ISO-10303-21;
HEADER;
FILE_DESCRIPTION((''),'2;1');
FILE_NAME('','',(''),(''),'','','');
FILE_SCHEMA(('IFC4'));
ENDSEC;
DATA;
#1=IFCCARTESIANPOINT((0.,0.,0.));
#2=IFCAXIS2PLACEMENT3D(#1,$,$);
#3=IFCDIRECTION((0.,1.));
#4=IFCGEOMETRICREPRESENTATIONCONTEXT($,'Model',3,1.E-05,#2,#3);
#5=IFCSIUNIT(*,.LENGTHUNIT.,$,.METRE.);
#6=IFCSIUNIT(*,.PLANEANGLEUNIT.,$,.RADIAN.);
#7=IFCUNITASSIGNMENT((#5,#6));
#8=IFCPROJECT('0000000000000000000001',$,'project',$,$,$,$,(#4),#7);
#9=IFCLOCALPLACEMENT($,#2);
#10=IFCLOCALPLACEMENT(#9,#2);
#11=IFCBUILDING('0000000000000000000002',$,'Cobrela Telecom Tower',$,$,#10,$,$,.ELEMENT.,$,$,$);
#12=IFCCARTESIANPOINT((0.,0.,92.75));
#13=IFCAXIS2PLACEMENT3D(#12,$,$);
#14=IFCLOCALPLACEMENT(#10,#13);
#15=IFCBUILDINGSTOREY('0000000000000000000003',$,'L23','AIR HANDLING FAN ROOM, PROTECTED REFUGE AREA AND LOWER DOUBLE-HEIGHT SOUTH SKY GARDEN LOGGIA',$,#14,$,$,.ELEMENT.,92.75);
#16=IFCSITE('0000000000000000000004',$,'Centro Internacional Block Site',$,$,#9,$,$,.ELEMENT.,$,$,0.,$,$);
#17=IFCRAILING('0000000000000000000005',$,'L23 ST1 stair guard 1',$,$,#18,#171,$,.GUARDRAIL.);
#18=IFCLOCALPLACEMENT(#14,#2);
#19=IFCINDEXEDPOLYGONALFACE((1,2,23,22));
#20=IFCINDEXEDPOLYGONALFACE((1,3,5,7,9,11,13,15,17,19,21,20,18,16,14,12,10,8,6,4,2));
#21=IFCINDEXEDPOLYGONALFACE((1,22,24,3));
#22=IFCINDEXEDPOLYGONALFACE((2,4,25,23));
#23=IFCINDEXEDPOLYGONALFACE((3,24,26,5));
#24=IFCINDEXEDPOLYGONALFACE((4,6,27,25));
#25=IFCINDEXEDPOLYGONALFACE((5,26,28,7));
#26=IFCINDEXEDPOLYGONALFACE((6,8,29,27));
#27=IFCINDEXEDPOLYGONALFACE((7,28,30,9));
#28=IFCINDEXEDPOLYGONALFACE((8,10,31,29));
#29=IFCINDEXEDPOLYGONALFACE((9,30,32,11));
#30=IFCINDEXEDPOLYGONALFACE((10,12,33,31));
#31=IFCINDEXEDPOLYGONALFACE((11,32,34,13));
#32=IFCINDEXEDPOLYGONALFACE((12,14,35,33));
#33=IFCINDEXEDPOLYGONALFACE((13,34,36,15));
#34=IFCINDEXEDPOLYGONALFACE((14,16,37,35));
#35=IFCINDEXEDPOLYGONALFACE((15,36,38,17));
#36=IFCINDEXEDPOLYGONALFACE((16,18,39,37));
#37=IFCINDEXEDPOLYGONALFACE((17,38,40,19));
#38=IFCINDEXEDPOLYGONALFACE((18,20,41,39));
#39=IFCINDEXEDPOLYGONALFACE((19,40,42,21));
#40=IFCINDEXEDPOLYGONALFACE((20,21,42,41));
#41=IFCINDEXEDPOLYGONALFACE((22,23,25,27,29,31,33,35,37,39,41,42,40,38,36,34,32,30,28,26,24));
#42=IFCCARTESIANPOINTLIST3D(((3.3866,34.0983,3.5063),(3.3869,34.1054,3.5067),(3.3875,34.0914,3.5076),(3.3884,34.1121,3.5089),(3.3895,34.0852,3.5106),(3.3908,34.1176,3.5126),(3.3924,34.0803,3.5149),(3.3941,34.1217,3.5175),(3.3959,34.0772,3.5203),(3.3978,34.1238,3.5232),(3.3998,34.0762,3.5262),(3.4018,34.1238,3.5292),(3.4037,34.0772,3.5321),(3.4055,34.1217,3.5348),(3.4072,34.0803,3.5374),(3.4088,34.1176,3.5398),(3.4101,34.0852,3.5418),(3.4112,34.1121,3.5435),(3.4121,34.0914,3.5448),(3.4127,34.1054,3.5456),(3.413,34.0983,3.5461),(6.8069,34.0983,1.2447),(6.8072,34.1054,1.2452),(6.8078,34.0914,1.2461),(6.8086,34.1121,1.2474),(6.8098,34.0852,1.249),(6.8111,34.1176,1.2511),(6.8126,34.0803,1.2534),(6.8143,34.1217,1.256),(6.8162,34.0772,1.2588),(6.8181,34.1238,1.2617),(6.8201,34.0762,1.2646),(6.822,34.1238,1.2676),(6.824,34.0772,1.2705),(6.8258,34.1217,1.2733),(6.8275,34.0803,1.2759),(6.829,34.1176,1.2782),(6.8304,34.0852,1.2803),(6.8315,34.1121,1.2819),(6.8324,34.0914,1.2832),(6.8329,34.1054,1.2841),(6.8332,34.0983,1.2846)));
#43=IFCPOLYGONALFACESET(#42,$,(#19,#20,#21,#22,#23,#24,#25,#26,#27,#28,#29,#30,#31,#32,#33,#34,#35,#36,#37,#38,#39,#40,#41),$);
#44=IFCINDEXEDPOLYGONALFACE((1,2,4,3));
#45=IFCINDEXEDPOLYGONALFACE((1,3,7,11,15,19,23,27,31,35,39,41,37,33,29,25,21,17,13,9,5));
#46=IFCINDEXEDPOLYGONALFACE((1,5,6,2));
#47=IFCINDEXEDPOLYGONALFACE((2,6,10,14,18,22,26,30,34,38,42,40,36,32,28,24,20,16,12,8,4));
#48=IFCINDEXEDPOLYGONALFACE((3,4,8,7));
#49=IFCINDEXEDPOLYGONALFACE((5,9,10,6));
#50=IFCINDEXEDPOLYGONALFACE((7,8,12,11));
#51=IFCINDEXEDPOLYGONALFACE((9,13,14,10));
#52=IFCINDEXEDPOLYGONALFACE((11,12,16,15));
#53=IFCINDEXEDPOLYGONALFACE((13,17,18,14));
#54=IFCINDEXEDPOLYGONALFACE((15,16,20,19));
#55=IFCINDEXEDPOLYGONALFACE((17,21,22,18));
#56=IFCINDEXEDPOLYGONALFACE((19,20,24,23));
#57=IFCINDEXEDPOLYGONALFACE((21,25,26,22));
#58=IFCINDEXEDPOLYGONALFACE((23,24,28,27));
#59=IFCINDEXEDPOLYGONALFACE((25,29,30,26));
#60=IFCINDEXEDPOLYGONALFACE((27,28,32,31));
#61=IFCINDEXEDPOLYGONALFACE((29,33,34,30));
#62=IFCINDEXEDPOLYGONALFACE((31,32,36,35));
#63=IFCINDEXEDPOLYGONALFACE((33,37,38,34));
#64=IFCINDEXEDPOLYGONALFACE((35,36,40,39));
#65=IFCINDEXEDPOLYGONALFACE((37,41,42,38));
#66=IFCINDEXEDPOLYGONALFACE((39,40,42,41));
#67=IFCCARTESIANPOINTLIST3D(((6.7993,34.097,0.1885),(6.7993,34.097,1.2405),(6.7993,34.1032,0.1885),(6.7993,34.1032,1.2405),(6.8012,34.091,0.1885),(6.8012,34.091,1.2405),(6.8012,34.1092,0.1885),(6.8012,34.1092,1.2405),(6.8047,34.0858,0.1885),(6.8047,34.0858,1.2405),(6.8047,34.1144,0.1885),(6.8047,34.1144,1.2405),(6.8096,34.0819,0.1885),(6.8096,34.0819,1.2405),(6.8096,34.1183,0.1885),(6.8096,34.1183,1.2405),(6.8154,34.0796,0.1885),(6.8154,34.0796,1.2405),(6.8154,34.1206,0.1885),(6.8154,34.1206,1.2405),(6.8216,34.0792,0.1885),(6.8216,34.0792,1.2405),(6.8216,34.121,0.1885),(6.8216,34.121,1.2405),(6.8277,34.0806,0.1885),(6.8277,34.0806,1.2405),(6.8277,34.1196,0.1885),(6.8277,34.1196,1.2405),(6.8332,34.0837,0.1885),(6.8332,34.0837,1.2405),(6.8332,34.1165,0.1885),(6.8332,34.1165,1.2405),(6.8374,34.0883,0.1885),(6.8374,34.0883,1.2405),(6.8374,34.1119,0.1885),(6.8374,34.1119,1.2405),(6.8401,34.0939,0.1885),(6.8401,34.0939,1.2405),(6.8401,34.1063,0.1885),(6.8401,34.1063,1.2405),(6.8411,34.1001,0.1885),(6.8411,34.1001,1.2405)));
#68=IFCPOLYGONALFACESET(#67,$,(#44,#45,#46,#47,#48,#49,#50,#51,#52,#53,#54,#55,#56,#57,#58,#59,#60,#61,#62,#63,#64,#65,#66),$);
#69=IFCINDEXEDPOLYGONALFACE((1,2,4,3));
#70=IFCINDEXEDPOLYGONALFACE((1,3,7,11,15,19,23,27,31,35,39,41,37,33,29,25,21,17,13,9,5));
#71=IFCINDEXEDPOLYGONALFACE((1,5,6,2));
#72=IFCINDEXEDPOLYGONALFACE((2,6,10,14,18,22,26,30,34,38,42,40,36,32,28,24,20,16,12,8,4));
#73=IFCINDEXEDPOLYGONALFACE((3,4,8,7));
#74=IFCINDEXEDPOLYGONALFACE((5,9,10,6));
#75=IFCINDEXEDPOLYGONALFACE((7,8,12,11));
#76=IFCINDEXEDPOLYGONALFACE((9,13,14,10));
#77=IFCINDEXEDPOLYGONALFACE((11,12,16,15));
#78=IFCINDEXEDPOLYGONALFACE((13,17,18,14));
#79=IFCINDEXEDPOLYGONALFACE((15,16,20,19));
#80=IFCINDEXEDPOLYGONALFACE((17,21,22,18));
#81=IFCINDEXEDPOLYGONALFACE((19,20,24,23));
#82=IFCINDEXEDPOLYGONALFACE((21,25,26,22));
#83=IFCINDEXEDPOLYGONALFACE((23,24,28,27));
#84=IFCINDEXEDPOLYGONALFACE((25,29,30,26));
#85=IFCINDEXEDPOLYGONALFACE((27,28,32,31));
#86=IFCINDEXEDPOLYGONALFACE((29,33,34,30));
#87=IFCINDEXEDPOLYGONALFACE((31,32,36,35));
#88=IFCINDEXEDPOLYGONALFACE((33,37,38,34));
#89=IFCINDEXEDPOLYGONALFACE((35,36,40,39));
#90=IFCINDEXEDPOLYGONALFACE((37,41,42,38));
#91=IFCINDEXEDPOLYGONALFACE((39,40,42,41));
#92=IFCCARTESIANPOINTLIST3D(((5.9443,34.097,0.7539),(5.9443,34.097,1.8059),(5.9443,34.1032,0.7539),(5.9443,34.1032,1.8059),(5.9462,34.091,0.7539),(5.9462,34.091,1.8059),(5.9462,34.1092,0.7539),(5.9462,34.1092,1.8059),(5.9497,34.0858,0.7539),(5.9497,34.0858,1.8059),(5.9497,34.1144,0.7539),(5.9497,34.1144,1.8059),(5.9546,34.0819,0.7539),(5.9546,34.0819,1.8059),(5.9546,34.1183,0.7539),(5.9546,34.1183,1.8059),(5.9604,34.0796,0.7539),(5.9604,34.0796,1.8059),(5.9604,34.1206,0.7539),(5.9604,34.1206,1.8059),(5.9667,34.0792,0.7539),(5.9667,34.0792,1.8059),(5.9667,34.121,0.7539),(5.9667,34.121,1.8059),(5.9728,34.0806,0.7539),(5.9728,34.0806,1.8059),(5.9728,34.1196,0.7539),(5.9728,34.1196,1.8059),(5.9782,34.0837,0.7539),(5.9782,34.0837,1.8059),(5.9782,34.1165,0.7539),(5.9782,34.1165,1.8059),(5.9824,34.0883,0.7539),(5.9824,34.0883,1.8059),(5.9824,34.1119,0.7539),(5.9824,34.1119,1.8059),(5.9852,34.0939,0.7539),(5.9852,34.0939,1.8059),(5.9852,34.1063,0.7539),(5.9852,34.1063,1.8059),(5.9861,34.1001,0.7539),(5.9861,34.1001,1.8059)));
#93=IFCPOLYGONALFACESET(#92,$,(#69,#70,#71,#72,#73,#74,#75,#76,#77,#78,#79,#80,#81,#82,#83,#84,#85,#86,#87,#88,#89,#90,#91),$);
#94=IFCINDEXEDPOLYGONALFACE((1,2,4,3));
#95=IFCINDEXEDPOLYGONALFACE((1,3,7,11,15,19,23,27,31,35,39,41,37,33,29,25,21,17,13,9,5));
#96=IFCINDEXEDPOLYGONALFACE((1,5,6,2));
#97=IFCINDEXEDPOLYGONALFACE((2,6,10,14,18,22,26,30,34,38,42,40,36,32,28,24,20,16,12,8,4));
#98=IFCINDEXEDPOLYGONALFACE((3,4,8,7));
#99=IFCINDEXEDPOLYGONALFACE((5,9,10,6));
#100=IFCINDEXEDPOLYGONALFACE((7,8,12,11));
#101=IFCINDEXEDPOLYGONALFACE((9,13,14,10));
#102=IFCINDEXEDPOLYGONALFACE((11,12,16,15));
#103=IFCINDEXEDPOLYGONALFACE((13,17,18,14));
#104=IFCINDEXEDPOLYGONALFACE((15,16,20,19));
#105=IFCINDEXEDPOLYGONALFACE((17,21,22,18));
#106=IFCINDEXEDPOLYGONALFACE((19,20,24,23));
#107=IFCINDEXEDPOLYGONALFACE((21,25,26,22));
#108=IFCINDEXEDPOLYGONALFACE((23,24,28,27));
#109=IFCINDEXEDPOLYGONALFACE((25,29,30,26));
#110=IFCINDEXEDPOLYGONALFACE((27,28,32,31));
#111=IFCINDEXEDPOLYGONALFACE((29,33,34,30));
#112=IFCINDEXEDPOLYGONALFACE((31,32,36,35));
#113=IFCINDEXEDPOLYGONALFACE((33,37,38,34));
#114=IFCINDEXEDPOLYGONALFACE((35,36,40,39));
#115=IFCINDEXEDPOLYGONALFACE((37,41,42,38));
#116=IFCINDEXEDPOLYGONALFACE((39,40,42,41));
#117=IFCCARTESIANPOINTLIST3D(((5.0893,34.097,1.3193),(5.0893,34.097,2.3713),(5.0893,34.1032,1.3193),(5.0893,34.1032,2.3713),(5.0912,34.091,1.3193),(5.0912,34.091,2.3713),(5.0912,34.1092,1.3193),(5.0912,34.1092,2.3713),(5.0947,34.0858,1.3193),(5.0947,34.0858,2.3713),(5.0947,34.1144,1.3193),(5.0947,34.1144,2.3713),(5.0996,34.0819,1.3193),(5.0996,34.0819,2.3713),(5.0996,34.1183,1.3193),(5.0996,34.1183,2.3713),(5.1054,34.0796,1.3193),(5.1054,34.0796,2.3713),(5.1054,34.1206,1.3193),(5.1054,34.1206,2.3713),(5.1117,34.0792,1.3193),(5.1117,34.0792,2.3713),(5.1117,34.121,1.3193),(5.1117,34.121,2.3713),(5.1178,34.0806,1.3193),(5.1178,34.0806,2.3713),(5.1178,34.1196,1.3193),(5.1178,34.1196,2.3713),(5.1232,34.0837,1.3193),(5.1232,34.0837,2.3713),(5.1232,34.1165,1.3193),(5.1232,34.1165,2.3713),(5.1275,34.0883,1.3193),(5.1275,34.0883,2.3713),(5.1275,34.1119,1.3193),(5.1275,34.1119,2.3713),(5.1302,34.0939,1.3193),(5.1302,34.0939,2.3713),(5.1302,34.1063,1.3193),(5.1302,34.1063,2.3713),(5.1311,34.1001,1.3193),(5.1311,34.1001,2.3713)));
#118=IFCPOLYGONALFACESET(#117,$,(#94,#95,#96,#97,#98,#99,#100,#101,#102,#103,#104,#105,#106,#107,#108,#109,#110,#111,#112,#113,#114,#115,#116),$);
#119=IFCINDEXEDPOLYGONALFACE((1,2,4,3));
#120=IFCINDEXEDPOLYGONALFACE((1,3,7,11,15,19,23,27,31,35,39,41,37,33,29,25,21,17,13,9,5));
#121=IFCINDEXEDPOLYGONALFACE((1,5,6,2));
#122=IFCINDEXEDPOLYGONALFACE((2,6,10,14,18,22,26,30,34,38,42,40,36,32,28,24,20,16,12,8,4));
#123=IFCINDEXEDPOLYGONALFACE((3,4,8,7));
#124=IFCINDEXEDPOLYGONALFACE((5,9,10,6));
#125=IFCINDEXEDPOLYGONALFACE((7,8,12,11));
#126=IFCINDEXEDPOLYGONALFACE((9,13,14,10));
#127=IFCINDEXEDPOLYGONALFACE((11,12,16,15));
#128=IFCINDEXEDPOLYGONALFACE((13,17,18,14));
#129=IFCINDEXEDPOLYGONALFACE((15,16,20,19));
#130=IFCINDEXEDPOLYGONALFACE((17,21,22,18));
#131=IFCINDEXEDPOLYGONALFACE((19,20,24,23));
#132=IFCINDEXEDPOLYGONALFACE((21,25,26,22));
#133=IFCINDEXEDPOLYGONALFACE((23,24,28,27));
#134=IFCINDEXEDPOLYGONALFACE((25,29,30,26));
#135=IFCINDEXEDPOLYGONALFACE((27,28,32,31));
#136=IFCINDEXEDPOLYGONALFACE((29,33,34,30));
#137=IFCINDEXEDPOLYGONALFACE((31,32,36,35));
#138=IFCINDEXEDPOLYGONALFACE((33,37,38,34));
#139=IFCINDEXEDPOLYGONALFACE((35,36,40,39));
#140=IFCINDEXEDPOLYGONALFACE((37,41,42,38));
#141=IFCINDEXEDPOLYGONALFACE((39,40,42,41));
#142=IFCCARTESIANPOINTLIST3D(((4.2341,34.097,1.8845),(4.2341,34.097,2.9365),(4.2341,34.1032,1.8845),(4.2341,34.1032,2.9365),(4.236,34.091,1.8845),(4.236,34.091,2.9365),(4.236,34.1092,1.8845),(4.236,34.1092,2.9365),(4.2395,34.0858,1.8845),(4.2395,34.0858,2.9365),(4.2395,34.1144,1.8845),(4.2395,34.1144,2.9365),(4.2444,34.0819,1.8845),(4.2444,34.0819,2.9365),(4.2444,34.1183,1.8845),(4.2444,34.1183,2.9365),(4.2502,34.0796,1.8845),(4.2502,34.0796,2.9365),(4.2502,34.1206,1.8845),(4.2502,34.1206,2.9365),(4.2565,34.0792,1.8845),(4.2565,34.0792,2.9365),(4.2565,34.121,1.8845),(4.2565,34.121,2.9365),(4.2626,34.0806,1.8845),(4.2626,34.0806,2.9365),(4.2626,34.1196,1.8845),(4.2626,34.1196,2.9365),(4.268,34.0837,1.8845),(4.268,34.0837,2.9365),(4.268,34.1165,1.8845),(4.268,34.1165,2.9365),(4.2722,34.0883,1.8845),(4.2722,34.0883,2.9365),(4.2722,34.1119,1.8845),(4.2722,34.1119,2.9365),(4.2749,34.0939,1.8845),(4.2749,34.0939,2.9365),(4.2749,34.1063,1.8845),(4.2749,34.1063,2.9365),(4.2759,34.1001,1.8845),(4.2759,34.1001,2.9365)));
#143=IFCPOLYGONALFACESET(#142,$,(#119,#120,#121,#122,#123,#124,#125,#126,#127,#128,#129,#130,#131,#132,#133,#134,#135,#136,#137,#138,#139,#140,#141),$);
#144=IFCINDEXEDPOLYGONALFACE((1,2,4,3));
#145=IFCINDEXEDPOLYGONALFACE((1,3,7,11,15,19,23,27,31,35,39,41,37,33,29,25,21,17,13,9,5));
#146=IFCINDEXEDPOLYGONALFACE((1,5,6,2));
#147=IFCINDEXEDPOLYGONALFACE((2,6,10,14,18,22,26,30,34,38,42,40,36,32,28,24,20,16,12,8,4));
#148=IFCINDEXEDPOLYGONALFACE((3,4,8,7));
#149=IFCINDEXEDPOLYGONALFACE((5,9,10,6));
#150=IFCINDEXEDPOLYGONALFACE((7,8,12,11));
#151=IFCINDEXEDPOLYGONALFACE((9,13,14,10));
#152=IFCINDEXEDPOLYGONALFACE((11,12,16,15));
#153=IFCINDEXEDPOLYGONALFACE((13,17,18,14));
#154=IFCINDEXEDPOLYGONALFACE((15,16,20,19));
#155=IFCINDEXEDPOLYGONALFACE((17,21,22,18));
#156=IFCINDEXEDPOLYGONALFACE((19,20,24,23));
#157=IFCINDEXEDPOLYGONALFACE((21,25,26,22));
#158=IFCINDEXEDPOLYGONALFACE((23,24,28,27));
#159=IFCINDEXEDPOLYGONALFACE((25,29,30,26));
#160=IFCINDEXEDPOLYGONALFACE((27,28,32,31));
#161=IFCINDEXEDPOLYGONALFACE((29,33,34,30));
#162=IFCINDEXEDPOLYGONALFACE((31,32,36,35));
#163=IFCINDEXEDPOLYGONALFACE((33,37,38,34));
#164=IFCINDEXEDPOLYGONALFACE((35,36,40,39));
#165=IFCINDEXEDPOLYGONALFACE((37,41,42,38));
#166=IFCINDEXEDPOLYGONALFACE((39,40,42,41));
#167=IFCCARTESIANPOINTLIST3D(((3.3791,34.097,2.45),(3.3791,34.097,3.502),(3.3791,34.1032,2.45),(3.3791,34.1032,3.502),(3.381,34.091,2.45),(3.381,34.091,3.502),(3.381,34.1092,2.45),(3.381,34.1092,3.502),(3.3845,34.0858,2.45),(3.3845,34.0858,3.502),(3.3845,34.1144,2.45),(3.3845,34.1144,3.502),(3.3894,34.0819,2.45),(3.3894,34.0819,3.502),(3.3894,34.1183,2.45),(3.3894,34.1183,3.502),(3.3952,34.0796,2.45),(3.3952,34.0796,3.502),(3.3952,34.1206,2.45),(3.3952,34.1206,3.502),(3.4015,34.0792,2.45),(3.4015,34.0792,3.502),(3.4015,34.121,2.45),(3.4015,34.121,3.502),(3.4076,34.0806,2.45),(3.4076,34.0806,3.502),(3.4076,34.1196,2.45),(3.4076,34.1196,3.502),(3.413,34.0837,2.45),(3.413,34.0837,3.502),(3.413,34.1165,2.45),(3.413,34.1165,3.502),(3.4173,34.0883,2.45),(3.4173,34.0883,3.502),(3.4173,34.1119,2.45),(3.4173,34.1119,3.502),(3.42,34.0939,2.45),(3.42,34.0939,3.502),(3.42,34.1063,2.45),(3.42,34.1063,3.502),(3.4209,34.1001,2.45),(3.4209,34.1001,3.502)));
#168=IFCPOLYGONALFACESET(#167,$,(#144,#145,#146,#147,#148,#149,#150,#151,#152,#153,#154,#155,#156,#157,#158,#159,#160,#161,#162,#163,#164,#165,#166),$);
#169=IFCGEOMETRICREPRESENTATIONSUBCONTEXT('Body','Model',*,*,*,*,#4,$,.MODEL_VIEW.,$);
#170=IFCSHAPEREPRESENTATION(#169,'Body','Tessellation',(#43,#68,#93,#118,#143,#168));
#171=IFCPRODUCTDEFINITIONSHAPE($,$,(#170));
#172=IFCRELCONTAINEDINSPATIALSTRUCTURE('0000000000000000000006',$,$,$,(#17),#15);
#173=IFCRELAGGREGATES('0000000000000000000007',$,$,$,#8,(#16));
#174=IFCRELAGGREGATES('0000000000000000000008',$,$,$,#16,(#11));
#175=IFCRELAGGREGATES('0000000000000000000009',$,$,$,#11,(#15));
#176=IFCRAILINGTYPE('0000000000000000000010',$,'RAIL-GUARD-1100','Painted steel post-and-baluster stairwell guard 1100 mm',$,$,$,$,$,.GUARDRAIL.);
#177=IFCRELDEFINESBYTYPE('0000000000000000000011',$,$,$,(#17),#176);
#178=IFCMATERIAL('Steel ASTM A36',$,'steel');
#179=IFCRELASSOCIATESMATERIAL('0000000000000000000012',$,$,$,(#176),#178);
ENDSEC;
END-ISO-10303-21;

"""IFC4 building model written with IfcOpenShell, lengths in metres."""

from ifc_helpers import new_model, si_unit, direction, frame, origin, origin_2d, place, context, subcontext, project, spatial, circle, extrude, material, type_object, element, save


model = new_model("IFC4")

# Units and contexts
model_context = context("Model", 3, precision=1e-05, world=origin(), true_north=direction((0.0, 1.0)))
body_context = subcontext(model_context, "Body", "Model", "MODEL_VIEW")
ifc_project = project(units=[si_unit("LENGTHUNIT", "METRE"), si_unit("PLANEANGLEUNIT", "RADIAN")], contexts=[model_context])

# Site, building, storey
site_placement = place(None, origin())
site = spatial("IfcSite", under=ifc_project, at=site_placement, Name="Centro Internacional Block Site", CompositionType="ELEMENT", RefElevation=0.0)
building_placement = place(site_placement, origin())
building = spatial("IfcBuilding", under=site, at=building_placement, Name="Cobrela Telecom Tower", CompositionType="ELEMENT")
storey_placement = place(building_placement, frame((0.0, 0.0, 92.75)))
storey = spatial("IfcBuildingStorey", under=building, at=storey_placement, Name="L23", Description="AIR HANDLING FAN ROOM, PROTECTED REFUGE AREA AND LOWER DOUBLE-HEIGHT SOUTH SKY GARDEN LOGGIA", CompositionType="ELEMENT", Elevation=92.75)

# Railing
ifc_material_1 = material(Name="Steel ASTM A36", Category="steel")
railing_type_1 = type_object("IfcRailingType", Name="RAIL-GUARD-1100", Description="Painted steel post-and-baluster stairwell guard 1100 mm", PredefinedType="GUARDRAIL", material=ifc_material_1)
railing_1_placement = place(storey_placement, frame((6.8201, 34.1001, 0.1885)))
element("IfcRailing", 1, at=railing_1_placement, inside=storey, type_object=railing_type_1, Name="L23 ST1 stair guard 1", PredefinedType="GUARDRAIL", context=body_context, shape_type="SweptSolid", body=[
    extrude(circle(Radius=0.0239, at=origin_2d()), frame((0.0, 0.0, 1.0762), z_axis=(-0.834142, 0.0, 0.55155), x_axis=(0.0, -1.0, 0.0)), (0.0, 0.0, 1.0), 4.1003),
    extrude(circle(Radius=0.021, at=origin_2d()), origin(), (0.0, 0.0, 1.0), 1.052),
    extrude(circle(Radius=0.021, at=origin_2d()), frame((-0.855, 0.0, 0.5654)), (0.0, 0.0, 1.0), 1.052),
    extrude(circle(Radius=0.021, at=origin_2d()), frame((-1.71, 0.0, 1.1309)), (0.0, 0.0, 1.0), 1.052),
    extrude(circle(Radius=0.021, at=origin_2d()), frame((-2.5652, 0.0, 1.696)), (0.0, 0.0, 1.0), 1.052),
    extrude(circle(Radius=0.021, at=origin_2d()), frame((-3.4202, 0.0, 2.2615)), (0.0, 0.0, 1.0), 1.052),
])

save(model, "model.ifc")
